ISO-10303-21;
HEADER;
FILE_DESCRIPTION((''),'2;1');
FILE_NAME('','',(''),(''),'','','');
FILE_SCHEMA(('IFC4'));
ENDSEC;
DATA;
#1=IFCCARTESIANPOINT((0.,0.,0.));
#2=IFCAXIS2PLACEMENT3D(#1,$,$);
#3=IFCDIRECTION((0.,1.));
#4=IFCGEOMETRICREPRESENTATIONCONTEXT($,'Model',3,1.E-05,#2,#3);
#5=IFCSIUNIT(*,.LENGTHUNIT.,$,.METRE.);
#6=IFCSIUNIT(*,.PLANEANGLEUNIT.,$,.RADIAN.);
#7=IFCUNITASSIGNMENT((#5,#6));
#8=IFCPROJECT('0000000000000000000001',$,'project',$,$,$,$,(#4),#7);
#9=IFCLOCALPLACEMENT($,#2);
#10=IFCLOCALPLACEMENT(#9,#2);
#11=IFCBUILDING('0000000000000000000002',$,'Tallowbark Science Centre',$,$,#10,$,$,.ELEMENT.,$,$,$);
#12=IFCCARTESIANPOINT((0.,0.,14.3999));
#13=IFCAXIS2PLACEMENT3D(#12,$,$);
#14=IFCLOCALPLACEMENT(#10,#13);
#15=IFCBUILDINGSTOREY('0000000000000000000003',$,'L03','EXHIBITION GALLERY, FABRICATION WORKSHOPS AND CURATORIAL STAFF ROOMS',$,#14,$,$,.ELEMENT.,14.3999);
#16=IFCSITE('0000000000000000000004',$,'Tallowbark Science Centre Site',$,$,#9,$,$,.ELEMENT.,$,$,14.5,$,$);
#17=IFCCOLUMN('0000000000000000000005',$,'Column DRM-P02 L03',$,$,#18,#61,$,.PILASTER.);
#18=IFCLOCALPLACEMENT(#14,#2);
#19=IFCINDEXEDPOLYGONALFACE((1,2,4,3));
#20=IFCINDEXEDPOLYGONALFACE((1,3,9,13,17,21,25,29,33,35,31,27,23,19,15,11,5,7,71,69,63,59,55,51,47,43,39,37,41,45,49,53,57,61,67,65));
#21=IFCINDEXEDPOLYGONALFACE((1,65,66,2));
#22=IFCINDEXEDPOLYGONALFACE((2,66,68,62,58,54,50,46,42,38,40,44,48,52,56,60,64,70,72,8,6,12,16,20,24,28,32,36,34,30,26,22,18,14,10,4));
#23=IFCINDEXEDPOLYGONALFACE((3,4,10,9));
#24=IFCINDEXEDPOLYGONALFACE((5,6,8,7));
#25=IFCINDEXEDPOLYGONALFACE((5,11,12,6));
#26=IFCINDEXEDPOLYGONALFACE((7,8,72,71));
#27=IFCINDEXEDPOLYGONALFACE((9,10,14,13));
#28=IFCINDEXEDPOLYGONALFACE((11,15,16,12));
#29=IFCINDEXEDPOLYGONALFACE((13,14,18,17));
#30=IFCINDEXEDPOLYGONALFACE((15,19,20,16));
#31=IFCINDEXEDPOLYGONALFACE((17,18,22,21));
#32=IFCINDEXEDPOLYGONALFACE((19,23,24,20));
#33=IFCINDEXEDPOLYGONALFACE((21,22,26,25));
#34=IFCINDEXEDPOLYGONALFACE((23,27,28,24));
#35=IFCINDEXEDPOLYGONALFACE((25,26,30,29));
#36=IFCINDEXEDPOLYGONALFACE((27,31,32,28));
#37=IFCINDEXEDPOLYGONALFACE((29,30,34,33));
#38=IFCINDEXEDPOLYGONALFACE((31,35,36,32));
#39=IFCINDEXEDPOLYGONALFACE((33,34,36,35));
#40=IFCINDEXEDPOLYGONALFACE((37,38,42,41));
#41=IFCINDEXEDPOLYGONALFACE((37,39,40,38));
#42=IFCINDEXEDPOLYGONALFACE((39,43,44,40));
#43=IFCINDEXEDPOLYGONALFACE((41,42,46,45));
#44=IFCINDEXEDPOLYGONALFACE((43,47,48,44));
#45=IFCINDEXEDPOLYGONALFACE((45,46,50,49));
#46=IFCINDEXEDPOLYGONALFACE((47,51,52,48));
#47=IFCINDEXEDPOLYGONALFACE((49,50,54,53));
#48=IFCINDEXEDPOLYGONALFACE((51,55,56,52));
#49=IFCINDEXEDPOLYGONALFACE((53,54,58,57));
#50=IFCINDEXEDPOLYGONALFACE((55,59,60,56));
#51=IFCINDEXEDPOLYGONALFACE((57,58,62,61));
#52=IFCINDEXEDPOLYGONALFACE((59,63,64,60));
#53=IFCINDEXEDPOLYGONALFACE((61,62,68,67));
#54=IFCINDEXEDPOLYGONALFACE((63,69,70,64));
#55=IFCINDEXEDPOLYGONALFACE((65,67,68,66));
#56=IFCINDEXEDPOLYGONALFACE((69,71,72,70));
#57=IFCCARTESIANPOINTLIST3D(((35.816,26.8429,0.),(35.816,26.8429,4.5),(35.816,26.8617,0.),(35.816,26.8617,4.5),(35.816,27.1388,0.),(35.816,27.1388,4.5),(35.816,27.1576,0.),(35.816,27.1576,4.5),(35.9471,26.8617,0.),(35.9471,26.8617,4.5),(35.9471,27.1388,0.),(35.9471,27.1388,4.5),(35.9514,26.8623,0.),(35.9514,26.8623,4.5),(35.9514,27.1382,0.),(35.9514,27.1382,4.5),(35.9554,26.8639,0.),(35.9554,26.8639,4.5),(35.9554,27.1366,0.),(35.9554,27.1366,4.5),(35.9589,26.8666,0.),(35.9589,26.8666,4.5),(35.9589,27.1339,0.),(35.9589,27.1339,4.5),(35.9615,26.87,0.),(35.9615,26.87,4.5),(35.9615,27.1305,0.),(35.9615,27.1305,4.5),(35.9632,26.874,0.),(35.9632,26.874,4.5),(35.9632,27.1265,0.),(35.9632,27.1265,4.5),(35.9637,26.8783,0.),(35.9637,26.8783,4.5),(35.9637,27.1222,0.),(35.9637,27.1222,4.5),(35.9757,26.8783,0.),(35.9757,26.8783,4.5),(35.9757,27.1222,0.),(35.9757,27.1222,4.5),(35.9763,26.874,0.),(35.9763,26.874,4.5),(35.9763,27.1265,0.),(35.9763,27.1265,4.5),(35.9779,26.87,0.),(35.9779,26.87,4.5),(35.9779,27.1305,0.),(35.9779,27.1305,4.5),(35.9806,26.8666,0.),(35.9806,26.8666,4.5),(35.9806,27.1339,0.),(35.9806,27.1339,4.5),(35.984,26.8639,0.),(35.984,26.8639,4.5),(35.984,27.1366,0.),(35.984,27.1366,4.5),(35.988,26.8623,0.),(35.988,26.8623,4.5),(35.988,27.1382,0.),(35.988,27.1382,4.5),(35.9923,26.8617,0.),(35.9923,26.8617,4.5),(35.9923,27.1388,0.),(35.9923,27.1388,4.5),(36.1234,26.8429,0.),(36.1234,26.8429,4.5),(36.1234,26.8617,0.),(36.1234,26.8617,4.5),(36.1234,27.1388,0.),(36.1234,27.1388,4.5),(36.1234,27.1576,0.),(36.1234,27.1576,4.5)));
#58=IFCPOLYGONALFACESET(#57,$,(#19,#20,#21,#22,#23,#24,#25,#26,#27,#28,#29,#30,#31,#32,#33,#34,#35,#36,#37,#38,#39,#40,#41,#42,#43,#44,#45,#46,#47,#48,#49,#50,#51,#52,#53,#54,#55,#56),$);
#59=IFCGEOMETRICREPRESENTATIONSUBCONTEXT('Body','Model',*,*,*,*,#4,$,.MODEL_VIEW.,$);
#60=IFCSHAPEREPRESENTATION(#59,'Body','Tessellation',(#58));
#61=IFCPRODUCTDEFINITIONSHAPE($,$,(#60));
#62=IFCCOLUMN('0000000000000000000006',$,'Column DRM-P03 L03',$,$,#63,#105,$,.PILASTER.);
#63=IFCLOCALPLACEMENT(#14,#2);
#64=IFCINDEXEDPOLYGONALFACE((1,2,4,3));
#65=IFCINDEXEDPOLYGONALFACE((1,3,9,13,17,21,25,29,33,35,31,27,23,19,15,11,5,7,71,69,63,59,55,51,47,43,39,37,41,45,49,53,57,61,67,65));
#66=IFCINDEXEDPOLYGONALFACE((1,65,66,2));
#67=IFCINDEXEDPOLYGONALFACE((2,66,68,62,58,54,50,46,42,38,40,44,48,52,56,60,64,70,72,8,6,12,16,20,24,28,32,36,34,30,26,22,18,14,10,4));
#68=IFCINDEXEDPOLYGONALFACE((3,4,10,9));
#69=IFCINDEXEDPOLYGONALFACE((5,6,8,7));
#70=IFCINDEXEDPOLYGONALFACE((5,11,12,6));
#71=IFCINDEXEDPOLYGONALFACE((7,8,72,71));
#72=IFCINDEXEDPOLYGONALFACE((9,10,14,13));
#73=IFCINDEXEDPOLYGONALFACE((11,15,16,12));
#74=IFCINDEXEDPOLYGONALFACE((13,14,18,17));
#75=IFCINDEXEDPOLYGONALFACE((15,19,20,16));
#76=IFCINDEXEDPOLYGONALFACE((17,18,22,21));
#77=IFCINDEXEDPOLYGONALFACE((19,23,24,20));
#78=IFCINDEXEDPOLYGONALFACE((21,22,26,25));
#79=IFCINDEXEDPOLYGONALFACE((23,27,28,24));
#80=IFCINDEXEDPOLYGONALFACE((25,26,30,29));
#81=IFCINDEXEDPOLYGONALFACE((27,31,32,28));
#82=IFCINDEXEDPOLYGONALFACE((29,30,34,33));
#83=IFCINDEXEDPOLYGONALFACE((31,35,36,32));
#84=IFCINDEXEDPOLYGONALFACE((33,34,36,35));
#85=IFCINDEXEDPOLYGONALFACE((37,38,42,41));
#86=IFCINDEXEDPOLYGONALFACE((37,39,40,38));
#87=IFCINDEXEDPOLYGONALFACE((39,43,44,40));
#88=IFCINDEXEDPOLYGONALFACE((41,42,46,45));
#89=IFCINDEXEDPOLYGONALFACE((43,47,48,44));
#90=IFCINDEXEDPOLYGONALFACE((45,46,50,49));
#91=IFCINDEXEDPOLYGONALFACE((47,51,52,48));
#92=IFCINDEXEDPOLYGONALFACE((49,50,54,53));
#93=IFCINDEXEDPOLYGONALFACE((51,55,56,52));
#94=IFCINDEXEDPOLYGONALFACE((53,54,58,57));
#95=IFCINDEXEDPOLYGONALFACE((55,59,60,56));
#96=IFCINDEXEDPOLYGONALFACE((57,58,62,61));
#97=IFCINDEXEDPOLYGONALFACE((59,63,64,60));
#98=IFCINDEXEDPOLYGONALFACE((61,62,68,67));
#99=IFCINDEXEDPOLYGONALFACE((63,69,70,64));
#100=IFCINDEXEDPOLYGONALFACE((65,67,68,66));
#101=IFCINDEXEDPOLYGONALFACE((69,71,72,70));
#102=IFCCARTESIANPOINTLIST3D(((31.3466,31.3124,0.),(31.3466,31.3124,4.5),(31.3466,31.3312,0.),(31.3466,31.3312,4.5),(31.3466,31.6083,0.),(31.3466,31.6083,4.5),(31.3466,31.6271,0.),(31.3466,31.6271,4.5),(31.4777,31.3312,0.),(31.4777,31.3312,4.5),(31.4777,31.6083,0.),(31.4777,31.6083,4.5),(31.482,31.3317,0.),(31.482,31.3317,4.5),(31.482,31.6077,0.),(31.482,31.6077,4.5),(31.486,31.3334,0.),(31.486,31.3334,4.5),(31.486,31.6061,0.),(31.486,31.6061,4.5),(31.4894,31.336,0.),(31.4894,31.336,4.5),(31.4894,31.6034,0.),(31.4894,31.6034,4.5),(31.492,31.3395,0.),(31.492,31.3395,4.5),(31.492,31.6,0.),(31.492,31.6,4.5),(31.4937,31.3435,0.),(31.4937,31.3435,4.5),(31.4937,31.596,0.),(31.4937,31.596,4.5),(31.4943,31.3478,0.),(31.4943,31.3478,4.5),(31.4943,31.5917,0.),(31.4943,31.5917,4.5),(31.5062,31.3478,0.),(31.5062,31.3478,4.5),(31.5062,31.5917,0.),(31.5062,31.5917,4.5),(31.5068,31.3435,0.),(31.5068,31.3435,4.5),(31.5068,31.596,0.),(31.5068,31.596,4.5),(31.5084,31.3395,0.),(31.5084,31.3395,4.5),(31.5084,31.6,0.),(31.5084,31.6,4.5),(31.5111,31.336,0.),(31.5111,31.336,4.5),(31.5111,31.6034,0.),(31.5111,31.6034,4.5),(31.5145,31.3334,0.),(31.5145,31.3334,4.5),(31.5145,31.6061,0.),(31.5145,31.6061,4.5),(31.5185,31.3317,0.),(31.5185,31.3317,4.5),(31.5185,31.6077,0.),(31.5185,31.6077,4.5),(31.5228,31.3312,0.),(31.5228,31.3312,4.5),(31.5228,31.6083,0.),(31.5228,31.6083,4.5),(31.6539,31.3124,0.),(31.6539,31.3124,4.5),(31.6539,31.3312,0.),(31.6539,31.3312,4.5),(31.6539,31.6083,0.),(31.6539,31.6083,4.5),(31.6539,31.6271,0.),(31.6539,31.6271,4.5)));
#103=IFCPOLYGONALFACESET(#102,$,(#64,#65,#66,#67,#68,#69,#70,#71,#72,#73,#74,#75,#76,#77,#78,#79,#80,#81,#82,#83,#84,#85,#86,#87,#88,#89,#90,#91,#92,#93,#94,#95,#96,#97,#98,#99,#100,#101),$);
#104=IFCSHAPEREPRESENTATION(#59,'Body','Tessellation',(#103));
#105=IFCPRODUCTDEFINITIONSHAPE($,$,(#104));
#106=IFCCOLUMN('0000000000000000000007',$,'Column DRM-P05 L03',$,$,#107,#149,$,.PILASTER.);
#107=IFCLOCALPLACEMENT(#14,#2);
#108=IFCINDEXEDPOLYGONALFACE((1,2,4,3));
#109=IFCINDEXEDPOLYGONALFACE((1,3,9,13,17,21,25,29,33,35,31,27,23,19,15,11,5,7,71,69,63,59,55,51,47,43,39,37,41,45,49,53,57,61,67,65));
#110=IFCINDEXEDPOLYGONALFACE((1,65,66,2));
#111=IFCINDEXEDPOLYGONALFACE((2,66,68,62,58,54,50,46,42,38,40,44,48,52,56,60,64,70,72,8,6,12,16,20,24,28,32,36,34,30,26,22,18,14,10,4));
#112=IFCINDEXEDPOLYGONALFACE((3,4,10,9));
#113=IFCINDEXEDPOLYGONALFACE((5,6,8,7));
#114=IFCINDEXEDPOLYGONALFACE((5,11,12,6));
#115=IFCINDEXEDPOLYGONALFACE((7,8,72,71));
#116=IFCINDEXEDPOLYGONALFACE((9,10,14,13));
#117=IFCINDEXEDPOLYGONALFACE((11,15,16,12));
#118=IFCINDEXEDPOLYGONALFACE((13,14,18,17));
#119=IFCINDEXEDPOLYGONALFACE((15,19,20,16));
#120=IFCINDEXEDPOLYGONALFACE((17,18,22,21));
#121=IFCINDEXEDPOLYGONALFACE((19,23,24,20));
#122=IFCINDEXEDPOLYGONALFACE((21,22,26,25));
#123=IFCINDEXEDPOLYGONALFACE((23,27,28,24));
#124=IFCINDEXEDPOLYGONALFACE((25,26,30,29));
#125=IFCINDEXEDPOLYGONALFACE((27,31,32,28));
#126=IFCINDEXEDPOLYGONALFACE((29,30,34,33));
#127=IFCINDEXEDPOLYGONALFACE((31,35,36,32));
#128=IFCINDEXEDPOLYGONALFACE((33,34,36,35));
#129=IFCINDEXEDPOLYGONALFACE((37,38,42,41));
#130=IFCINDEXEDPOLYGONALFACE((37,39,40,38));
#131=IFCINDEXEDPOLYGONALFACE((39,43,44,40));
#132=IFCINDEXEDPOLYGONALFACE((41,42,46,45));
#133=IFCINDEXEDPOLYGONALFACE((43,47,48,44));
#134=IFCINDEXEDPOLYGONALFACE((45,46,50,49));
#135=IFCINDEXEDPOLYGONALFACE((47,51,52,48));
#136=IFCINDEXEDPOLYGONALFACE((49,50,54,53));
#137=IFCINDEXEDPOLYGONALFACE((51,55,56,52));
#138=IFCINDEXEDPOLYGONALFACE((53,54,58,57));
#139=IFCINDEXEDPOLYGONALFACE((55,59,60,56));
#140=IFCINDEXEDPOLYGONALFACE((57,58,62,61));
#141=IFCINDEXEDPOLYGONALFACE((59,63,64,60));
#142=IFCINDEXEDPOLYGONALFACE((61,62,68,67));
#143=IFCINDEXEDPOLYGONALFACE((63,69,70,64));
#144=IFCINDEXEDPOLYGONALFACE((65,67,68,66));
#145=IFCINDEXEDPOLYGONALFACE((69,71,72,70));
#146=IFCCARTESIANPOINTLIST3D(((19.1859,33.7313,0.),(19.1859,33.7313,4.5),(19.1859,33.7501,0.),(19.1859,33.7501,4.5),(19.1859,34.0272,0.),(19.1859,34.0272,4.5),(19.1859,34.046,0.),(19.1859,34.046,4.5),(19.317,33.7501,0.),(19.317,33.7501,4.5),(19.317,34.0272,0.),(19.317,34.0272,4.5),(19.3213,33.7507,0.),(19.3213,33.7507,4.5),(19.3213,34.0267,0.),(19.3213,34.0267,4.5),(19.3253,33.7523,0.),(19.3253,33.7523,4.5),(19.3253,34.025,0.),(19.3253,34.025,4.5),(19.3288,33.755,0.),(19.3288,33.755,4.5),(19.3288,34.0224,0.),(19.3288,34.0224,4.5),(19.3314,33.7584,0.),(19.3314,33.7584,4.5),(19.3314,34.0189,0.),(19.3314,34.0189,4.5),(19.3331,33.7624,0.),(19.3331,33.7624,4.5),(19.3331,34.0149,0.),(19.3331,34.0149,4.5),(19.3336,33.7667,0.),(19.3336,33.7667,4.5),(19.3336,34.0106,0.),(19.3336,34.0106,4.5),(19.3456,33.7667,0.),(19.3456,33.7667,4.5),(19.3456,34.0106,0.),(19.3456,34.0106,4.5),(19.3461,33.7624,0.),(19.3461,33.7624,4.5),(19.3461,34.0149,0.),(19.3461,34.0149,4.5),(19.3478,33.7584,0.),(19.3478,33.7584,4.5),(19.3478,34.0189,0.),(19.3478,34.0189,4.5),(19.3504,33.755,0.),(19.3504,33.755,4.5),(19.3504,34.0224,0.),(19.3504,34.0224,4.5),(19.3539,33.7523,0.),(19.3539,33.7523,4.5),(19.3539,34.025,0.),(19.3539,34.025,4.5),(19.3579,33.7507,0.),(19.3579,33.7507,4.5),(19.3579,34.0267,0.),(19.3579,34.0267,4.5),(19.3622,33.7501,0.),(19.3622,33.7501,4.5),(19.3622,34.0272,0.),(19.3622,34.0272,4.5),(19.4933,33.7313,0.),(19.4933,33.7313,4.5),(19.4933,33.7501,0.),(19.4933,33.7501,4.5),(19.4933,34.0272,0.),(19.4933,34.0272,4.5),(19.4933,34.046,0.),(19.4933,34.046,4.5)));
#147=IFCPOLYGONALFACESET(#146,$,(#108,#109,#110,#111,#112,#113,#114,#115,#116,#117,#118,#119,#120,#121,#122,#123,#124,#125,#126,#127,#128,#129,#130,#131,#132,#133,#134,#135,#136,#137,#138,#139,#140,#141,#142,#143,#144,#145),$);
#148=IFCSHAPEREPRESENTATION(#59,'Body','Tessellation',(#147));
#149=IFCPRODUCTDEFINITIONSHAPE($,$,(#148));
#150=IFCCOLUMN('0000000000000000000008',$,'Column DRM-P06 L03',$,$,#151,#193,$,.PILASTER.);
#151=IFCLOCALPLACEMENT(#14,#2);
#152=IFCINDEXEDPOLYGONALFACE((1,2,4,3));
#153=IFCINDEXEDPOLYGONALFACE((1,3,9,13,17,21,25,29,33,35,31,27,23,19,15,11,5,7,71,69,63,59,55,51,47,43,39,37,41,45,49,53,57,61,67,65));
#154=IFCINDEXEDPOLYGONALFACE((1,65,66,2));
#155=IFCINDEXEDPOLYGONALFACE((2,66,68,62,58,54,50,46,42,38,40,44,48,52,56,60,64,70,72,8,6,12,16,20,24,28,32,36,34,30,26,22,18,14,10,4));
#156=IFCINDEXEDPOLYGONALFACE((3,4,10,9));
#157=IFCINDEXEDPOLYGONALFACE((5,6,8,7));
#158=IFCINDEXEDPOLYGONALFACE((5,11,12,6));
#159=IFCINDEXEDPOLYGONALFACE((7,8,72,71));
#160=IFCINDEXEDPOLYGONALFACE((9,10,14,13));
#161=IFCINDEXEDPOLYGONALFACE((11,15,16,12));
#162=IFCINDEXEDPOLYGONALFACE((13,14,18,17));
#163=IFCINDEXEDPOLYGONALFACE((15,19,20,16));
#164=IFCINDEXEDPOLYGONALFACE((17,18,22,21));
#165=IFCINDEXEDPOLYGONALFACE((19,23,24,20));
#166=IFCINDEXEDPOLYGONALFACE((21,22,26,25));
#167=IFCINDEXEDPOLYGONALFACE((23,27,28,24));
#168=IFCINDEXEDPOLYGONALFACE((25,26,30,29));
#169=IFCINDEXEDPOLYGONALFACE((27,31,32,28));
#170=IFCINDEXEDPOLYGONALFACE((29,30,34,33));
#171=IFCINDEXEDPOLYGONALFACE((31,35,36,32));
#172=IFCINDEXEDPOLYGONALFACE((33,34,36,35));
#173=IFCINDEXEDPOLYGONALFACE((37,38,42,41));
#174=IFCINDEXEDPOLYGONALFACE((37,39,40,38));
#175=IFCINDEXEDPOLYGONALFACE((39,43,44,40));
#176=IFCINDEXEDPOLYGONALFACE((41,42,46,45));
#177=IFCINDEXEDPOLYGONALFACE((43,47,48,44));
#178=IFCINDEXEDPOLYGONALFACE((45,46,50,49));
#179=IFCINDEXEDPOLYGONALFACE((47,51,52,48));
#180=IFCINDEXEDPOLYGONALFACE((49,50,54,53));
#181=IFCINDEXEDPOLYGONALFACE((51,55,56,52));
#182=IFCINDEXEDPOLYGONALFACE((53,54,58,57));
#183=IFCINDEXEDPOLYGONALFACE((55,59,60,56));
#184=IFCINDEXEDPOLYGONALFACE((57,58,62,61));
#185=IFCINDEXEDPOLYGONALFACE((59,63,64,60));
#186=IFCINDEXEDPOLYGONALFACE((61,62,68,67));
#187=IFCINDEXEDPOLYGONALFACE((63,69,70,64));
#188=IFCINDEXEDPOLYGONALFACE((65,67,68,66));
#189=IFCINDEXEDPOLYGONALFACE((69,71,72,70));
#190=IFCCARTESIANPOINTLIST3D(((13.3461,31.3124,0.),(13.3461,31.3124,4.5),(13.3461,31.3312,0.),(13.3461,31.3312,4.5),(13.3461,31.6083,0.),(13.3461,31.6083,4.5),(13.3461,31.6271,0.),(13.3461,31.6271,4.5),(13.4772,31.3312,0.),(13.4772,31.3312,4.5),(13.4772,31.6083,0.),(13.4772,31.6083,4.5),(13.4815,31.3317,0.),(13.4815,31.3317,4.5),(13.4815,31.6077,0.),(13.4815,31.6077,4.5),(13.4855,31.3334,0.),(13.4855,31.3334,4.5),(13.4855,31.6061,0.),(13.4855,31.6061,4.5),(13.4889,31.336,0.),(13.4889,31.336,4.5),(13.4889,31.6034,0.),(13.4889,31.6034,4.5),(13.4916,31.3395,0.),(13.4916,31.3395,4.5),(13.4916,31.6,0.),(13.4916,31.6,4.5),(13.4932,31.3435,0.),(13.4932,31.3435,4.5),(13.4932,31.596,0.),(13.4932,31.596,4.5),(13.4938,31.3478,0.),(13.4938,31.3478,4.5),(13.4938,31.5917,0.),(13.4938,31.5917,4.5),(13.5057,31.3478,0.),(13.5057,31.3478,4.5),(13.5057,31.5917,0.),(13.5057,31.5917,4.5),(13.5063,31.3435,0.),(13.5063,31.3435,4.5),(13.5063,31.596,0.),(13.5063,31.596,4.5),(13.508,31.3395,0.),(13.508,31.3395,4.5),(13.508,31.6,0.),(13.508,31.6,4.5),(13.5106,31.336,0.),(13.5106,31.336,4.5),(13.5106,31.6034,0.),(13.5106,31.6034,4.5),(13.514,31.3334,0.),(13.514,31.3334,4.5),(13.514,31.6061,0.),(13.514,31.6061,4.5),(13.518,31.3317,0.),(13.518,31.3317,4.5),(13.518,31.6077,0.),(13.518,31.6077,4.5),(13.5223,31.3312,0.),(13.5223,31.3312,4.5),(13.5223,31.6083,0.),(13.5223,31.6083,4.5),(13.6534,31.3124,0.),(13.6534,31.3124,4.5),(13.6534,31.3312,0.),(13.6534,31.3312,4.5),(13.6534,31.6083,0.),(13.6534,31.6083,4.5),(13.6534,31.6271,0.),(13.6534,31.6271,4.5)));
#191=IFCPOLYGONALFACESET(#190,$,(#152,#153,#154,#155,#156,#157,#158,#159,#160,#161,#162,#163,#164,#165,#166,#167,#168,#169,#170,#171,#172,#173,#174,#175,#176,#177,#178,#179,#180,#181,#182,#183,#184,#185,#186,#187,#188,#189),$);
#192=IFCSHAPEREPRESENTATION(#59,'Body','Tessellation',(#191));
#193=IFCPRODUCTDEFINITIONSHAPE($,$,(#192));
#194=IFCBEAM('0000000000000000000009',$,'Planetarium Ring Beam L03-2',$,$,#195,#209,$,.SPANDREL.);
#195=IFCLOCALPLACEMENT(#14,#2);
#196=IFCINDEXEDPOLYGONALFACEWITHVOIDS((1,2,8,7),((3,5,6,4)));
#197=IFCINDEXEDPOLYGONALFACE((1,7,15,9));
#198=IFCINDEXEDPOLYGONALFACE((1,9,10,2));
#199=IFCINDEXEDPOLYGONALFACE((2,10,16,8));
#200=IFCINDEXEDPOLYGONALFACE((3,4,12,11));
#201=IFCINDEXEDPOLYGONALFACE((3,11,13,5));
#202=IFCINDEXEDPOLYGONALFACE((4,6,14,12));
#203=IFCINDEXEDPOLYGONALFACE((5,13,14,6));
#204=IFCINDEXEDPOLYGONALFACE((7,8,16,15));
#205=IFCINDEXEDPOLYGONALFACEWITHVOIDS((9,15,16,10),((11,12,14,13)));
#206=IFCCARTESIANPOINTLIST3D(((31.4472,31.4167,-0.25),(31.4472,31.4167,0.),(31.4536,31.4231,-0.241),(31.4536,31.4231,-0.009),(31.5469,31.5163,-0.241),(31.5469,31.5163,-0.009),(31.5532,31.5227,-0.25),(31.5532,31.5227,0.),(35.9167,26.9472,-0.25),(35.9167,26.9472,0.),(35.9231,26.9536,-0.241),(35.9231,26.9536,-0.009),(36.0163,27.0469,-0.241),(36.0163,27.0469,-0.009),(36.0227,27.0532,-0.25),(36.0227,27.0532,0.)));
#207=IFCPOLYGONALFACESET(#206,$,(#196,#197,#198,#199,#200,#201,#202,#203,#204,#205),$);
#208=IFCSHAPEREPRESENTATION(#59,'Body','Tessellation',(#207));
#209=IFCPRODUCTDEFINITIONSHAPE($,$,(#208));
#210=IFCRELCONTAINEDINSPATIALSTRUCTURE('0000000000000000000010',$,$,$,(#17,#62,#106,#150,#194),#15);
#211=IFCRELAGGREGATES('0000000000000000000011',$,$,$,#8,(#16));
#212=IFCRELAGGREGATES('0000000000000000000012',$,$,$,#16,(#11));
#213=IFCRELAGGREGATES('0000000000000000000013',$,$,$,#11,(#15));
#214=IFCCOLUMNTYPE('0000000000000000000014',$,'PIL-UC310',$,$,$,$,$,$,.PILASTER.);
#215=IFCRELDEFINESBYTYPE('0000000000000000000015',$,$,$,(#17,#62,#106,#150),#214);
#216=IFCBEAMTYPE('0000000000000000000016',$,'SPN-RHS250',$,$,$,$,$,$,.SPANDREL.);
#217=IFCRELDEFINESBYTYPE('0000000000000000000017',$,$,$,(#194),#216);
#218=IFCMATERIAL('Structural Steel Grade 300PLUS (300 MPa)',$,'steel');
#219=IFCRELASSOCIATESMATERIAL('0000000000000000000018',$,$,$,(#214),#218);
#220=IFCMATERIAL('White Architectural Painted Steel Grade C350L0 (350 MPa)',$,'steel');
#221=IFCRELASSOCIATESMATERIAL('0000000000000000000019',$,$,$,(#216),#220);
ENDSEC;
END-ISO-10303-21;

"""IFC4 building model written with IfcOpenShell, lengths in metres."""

from ifc_helpers import new_model, si_unit, direction, frame, origin, origin_2d, place, context, subcontext, project, spatial, hollow_rectangle, i_section, extrude, material, material_profile, profile_set, type_object, element, save


model = new_model("IFC4")

# Units and contexts
model_context = context("Model", 3, precision=1e-05, world=origin(), true_north=direction((0.0, 1.0)))
body_context = subcontext(model_context, "Body", "Model", "MODEL_VIEW")
ifc_project = project(units=[si_unit("LENGTHUNIT", "METRE"), si_unit("PLANEANGLEUNIT", "RADIAN")], contexts=[model_context])

# Site, building, storey
site_placement = place(None, origin())
site = spatial("IfcSite", under=ifc_project, at=site_placement, Name="Tallowbark Science Centre Site", CompositionType="ELEMENT", RefElevation=14.5)
building_placement = place(site_placement, origin())
building = spatial("IfcBuilding", under=site, at=building_placement, Name="Tallowbark Science Centre", CompositionType="ELEMENT")
storey_placement = place(building_placement, frame((0.0, 0.0, 14.3999)))
storey = spatial("IfcBuildingStorey", under=building, at=storey_placement, Name="L03", Description="EXHIBITION GALLERY, FABRICATION WORKSHOPS AND CURATORIAL STAFF ROOMS", CompositionType="ELEMENT", Elevation=14.3999)

# Columns
ifc_material_1 = material(Name="Structural Steel Grade 300PLUS (300 MPa)", Category="steel")
ifc_material_profile_1 = material_profile(ifc_material_1, i_section(OverallWidth=0.3074, OverallDepth=0.3147, WebThickness=0.012, FlangeThickness=0.0188, FilletRadius=0.0166, at=origin_2d()), Name="310UC118")
ifc_profile_set_1 = profile_set([ifc_material_profile_1], Name="Structural Steel Grade 300PLUS (300 MPa)")
column_type = type_object("IfcColumnType", Name="PIL-UC310", PredefinedType="PILASTER", material=ifc_profile_set_1)
for number, where, z_axis, x_axis, name in (
    (1, (35.9697, 27.0002, 0.0), (0.0, 0.0, 1.0), (1.0, 0.0, 0.0), "Column DRM-P02 L03"),
    (2, (31.5002, 31.4697, 0.0), (0.0, 0.0, 1.0), (1.0, 0.0, 0.0), "Column DRM-P03 L03"),
    (3, (19.3396, 33.8887, 0.0), (0.0, 0.0, 1.0), (1.0, 0.0, 0.0), "Column DRM-P05 L03"),
    (4, (13.4998, 31.4697, 0.0), (0.0, 0.0, 1.0), (1.0, 0.0, 0.0), "Column DRM-P06 L03"),
):
    element("IfcColumn", number, at=place(storey_placement, frame(where, z_axis=z_axis, x_axis=x_axis)), inside=storey, type_object=column_type, Name=name, PredefinedType="PILASTER", context=body_context, shape_type="SweptSolid", body=[
        extrude(i_section(OverallWidth=0.3074, OverallDepth=0.3147, WebThickness=0.012, FlangeThickness=0.0188, FilletRadius=0.0166, at=origin_2d()), origin(), (0.0, 0.0, 1.0), 4.5),
    ])

# Beam
ifc_material_2 = material(Name="White Architectural Painted Steel Grade C350L0 (350 MPa)", Category="steel")
ifc_material_profile_2 = material_profile(ifc_material_2, hollow_rectangle(XDim=0.1499, YDim=0.25, WallThickness=0.009, at=origin_2d()), Name="250x150x9.0RHS")
ifc_profile_set_2 = profile_set([ifc_material_profile_2], Name="White Architectural Painted Steel Grade C350L0 (350 MPa)")
beam_type = type_object("IfcBeamType", Name="SPN-RHS250", PredefinedType="SPANDREL", material=ifc_profile_set_2)
beam_1_placement = place(storey_placement, frame((35.9697, 27.0002, -0.125), z_axis=(-0.707107, 0.707107, 0.0), x_axis=(-0.707107, -0.707107, 0.0)))
element("IfcBeam", 5, at=beam_1_placement, inside=storey, type_object=beam_type, Name="Planetarium Ring Beam L03-2", PredefinedType="SPANDREL", context=body_context, shape_type="SweptSolid", body=[
    extrude(hollow_rectangle(XDim=0.1499, YDim=0.25, WallThickness=0.009, at=origin_2d()), origin(), (0.0, 0.0, 1.0), 6.3208),
])

save(model, "model.ifc")
